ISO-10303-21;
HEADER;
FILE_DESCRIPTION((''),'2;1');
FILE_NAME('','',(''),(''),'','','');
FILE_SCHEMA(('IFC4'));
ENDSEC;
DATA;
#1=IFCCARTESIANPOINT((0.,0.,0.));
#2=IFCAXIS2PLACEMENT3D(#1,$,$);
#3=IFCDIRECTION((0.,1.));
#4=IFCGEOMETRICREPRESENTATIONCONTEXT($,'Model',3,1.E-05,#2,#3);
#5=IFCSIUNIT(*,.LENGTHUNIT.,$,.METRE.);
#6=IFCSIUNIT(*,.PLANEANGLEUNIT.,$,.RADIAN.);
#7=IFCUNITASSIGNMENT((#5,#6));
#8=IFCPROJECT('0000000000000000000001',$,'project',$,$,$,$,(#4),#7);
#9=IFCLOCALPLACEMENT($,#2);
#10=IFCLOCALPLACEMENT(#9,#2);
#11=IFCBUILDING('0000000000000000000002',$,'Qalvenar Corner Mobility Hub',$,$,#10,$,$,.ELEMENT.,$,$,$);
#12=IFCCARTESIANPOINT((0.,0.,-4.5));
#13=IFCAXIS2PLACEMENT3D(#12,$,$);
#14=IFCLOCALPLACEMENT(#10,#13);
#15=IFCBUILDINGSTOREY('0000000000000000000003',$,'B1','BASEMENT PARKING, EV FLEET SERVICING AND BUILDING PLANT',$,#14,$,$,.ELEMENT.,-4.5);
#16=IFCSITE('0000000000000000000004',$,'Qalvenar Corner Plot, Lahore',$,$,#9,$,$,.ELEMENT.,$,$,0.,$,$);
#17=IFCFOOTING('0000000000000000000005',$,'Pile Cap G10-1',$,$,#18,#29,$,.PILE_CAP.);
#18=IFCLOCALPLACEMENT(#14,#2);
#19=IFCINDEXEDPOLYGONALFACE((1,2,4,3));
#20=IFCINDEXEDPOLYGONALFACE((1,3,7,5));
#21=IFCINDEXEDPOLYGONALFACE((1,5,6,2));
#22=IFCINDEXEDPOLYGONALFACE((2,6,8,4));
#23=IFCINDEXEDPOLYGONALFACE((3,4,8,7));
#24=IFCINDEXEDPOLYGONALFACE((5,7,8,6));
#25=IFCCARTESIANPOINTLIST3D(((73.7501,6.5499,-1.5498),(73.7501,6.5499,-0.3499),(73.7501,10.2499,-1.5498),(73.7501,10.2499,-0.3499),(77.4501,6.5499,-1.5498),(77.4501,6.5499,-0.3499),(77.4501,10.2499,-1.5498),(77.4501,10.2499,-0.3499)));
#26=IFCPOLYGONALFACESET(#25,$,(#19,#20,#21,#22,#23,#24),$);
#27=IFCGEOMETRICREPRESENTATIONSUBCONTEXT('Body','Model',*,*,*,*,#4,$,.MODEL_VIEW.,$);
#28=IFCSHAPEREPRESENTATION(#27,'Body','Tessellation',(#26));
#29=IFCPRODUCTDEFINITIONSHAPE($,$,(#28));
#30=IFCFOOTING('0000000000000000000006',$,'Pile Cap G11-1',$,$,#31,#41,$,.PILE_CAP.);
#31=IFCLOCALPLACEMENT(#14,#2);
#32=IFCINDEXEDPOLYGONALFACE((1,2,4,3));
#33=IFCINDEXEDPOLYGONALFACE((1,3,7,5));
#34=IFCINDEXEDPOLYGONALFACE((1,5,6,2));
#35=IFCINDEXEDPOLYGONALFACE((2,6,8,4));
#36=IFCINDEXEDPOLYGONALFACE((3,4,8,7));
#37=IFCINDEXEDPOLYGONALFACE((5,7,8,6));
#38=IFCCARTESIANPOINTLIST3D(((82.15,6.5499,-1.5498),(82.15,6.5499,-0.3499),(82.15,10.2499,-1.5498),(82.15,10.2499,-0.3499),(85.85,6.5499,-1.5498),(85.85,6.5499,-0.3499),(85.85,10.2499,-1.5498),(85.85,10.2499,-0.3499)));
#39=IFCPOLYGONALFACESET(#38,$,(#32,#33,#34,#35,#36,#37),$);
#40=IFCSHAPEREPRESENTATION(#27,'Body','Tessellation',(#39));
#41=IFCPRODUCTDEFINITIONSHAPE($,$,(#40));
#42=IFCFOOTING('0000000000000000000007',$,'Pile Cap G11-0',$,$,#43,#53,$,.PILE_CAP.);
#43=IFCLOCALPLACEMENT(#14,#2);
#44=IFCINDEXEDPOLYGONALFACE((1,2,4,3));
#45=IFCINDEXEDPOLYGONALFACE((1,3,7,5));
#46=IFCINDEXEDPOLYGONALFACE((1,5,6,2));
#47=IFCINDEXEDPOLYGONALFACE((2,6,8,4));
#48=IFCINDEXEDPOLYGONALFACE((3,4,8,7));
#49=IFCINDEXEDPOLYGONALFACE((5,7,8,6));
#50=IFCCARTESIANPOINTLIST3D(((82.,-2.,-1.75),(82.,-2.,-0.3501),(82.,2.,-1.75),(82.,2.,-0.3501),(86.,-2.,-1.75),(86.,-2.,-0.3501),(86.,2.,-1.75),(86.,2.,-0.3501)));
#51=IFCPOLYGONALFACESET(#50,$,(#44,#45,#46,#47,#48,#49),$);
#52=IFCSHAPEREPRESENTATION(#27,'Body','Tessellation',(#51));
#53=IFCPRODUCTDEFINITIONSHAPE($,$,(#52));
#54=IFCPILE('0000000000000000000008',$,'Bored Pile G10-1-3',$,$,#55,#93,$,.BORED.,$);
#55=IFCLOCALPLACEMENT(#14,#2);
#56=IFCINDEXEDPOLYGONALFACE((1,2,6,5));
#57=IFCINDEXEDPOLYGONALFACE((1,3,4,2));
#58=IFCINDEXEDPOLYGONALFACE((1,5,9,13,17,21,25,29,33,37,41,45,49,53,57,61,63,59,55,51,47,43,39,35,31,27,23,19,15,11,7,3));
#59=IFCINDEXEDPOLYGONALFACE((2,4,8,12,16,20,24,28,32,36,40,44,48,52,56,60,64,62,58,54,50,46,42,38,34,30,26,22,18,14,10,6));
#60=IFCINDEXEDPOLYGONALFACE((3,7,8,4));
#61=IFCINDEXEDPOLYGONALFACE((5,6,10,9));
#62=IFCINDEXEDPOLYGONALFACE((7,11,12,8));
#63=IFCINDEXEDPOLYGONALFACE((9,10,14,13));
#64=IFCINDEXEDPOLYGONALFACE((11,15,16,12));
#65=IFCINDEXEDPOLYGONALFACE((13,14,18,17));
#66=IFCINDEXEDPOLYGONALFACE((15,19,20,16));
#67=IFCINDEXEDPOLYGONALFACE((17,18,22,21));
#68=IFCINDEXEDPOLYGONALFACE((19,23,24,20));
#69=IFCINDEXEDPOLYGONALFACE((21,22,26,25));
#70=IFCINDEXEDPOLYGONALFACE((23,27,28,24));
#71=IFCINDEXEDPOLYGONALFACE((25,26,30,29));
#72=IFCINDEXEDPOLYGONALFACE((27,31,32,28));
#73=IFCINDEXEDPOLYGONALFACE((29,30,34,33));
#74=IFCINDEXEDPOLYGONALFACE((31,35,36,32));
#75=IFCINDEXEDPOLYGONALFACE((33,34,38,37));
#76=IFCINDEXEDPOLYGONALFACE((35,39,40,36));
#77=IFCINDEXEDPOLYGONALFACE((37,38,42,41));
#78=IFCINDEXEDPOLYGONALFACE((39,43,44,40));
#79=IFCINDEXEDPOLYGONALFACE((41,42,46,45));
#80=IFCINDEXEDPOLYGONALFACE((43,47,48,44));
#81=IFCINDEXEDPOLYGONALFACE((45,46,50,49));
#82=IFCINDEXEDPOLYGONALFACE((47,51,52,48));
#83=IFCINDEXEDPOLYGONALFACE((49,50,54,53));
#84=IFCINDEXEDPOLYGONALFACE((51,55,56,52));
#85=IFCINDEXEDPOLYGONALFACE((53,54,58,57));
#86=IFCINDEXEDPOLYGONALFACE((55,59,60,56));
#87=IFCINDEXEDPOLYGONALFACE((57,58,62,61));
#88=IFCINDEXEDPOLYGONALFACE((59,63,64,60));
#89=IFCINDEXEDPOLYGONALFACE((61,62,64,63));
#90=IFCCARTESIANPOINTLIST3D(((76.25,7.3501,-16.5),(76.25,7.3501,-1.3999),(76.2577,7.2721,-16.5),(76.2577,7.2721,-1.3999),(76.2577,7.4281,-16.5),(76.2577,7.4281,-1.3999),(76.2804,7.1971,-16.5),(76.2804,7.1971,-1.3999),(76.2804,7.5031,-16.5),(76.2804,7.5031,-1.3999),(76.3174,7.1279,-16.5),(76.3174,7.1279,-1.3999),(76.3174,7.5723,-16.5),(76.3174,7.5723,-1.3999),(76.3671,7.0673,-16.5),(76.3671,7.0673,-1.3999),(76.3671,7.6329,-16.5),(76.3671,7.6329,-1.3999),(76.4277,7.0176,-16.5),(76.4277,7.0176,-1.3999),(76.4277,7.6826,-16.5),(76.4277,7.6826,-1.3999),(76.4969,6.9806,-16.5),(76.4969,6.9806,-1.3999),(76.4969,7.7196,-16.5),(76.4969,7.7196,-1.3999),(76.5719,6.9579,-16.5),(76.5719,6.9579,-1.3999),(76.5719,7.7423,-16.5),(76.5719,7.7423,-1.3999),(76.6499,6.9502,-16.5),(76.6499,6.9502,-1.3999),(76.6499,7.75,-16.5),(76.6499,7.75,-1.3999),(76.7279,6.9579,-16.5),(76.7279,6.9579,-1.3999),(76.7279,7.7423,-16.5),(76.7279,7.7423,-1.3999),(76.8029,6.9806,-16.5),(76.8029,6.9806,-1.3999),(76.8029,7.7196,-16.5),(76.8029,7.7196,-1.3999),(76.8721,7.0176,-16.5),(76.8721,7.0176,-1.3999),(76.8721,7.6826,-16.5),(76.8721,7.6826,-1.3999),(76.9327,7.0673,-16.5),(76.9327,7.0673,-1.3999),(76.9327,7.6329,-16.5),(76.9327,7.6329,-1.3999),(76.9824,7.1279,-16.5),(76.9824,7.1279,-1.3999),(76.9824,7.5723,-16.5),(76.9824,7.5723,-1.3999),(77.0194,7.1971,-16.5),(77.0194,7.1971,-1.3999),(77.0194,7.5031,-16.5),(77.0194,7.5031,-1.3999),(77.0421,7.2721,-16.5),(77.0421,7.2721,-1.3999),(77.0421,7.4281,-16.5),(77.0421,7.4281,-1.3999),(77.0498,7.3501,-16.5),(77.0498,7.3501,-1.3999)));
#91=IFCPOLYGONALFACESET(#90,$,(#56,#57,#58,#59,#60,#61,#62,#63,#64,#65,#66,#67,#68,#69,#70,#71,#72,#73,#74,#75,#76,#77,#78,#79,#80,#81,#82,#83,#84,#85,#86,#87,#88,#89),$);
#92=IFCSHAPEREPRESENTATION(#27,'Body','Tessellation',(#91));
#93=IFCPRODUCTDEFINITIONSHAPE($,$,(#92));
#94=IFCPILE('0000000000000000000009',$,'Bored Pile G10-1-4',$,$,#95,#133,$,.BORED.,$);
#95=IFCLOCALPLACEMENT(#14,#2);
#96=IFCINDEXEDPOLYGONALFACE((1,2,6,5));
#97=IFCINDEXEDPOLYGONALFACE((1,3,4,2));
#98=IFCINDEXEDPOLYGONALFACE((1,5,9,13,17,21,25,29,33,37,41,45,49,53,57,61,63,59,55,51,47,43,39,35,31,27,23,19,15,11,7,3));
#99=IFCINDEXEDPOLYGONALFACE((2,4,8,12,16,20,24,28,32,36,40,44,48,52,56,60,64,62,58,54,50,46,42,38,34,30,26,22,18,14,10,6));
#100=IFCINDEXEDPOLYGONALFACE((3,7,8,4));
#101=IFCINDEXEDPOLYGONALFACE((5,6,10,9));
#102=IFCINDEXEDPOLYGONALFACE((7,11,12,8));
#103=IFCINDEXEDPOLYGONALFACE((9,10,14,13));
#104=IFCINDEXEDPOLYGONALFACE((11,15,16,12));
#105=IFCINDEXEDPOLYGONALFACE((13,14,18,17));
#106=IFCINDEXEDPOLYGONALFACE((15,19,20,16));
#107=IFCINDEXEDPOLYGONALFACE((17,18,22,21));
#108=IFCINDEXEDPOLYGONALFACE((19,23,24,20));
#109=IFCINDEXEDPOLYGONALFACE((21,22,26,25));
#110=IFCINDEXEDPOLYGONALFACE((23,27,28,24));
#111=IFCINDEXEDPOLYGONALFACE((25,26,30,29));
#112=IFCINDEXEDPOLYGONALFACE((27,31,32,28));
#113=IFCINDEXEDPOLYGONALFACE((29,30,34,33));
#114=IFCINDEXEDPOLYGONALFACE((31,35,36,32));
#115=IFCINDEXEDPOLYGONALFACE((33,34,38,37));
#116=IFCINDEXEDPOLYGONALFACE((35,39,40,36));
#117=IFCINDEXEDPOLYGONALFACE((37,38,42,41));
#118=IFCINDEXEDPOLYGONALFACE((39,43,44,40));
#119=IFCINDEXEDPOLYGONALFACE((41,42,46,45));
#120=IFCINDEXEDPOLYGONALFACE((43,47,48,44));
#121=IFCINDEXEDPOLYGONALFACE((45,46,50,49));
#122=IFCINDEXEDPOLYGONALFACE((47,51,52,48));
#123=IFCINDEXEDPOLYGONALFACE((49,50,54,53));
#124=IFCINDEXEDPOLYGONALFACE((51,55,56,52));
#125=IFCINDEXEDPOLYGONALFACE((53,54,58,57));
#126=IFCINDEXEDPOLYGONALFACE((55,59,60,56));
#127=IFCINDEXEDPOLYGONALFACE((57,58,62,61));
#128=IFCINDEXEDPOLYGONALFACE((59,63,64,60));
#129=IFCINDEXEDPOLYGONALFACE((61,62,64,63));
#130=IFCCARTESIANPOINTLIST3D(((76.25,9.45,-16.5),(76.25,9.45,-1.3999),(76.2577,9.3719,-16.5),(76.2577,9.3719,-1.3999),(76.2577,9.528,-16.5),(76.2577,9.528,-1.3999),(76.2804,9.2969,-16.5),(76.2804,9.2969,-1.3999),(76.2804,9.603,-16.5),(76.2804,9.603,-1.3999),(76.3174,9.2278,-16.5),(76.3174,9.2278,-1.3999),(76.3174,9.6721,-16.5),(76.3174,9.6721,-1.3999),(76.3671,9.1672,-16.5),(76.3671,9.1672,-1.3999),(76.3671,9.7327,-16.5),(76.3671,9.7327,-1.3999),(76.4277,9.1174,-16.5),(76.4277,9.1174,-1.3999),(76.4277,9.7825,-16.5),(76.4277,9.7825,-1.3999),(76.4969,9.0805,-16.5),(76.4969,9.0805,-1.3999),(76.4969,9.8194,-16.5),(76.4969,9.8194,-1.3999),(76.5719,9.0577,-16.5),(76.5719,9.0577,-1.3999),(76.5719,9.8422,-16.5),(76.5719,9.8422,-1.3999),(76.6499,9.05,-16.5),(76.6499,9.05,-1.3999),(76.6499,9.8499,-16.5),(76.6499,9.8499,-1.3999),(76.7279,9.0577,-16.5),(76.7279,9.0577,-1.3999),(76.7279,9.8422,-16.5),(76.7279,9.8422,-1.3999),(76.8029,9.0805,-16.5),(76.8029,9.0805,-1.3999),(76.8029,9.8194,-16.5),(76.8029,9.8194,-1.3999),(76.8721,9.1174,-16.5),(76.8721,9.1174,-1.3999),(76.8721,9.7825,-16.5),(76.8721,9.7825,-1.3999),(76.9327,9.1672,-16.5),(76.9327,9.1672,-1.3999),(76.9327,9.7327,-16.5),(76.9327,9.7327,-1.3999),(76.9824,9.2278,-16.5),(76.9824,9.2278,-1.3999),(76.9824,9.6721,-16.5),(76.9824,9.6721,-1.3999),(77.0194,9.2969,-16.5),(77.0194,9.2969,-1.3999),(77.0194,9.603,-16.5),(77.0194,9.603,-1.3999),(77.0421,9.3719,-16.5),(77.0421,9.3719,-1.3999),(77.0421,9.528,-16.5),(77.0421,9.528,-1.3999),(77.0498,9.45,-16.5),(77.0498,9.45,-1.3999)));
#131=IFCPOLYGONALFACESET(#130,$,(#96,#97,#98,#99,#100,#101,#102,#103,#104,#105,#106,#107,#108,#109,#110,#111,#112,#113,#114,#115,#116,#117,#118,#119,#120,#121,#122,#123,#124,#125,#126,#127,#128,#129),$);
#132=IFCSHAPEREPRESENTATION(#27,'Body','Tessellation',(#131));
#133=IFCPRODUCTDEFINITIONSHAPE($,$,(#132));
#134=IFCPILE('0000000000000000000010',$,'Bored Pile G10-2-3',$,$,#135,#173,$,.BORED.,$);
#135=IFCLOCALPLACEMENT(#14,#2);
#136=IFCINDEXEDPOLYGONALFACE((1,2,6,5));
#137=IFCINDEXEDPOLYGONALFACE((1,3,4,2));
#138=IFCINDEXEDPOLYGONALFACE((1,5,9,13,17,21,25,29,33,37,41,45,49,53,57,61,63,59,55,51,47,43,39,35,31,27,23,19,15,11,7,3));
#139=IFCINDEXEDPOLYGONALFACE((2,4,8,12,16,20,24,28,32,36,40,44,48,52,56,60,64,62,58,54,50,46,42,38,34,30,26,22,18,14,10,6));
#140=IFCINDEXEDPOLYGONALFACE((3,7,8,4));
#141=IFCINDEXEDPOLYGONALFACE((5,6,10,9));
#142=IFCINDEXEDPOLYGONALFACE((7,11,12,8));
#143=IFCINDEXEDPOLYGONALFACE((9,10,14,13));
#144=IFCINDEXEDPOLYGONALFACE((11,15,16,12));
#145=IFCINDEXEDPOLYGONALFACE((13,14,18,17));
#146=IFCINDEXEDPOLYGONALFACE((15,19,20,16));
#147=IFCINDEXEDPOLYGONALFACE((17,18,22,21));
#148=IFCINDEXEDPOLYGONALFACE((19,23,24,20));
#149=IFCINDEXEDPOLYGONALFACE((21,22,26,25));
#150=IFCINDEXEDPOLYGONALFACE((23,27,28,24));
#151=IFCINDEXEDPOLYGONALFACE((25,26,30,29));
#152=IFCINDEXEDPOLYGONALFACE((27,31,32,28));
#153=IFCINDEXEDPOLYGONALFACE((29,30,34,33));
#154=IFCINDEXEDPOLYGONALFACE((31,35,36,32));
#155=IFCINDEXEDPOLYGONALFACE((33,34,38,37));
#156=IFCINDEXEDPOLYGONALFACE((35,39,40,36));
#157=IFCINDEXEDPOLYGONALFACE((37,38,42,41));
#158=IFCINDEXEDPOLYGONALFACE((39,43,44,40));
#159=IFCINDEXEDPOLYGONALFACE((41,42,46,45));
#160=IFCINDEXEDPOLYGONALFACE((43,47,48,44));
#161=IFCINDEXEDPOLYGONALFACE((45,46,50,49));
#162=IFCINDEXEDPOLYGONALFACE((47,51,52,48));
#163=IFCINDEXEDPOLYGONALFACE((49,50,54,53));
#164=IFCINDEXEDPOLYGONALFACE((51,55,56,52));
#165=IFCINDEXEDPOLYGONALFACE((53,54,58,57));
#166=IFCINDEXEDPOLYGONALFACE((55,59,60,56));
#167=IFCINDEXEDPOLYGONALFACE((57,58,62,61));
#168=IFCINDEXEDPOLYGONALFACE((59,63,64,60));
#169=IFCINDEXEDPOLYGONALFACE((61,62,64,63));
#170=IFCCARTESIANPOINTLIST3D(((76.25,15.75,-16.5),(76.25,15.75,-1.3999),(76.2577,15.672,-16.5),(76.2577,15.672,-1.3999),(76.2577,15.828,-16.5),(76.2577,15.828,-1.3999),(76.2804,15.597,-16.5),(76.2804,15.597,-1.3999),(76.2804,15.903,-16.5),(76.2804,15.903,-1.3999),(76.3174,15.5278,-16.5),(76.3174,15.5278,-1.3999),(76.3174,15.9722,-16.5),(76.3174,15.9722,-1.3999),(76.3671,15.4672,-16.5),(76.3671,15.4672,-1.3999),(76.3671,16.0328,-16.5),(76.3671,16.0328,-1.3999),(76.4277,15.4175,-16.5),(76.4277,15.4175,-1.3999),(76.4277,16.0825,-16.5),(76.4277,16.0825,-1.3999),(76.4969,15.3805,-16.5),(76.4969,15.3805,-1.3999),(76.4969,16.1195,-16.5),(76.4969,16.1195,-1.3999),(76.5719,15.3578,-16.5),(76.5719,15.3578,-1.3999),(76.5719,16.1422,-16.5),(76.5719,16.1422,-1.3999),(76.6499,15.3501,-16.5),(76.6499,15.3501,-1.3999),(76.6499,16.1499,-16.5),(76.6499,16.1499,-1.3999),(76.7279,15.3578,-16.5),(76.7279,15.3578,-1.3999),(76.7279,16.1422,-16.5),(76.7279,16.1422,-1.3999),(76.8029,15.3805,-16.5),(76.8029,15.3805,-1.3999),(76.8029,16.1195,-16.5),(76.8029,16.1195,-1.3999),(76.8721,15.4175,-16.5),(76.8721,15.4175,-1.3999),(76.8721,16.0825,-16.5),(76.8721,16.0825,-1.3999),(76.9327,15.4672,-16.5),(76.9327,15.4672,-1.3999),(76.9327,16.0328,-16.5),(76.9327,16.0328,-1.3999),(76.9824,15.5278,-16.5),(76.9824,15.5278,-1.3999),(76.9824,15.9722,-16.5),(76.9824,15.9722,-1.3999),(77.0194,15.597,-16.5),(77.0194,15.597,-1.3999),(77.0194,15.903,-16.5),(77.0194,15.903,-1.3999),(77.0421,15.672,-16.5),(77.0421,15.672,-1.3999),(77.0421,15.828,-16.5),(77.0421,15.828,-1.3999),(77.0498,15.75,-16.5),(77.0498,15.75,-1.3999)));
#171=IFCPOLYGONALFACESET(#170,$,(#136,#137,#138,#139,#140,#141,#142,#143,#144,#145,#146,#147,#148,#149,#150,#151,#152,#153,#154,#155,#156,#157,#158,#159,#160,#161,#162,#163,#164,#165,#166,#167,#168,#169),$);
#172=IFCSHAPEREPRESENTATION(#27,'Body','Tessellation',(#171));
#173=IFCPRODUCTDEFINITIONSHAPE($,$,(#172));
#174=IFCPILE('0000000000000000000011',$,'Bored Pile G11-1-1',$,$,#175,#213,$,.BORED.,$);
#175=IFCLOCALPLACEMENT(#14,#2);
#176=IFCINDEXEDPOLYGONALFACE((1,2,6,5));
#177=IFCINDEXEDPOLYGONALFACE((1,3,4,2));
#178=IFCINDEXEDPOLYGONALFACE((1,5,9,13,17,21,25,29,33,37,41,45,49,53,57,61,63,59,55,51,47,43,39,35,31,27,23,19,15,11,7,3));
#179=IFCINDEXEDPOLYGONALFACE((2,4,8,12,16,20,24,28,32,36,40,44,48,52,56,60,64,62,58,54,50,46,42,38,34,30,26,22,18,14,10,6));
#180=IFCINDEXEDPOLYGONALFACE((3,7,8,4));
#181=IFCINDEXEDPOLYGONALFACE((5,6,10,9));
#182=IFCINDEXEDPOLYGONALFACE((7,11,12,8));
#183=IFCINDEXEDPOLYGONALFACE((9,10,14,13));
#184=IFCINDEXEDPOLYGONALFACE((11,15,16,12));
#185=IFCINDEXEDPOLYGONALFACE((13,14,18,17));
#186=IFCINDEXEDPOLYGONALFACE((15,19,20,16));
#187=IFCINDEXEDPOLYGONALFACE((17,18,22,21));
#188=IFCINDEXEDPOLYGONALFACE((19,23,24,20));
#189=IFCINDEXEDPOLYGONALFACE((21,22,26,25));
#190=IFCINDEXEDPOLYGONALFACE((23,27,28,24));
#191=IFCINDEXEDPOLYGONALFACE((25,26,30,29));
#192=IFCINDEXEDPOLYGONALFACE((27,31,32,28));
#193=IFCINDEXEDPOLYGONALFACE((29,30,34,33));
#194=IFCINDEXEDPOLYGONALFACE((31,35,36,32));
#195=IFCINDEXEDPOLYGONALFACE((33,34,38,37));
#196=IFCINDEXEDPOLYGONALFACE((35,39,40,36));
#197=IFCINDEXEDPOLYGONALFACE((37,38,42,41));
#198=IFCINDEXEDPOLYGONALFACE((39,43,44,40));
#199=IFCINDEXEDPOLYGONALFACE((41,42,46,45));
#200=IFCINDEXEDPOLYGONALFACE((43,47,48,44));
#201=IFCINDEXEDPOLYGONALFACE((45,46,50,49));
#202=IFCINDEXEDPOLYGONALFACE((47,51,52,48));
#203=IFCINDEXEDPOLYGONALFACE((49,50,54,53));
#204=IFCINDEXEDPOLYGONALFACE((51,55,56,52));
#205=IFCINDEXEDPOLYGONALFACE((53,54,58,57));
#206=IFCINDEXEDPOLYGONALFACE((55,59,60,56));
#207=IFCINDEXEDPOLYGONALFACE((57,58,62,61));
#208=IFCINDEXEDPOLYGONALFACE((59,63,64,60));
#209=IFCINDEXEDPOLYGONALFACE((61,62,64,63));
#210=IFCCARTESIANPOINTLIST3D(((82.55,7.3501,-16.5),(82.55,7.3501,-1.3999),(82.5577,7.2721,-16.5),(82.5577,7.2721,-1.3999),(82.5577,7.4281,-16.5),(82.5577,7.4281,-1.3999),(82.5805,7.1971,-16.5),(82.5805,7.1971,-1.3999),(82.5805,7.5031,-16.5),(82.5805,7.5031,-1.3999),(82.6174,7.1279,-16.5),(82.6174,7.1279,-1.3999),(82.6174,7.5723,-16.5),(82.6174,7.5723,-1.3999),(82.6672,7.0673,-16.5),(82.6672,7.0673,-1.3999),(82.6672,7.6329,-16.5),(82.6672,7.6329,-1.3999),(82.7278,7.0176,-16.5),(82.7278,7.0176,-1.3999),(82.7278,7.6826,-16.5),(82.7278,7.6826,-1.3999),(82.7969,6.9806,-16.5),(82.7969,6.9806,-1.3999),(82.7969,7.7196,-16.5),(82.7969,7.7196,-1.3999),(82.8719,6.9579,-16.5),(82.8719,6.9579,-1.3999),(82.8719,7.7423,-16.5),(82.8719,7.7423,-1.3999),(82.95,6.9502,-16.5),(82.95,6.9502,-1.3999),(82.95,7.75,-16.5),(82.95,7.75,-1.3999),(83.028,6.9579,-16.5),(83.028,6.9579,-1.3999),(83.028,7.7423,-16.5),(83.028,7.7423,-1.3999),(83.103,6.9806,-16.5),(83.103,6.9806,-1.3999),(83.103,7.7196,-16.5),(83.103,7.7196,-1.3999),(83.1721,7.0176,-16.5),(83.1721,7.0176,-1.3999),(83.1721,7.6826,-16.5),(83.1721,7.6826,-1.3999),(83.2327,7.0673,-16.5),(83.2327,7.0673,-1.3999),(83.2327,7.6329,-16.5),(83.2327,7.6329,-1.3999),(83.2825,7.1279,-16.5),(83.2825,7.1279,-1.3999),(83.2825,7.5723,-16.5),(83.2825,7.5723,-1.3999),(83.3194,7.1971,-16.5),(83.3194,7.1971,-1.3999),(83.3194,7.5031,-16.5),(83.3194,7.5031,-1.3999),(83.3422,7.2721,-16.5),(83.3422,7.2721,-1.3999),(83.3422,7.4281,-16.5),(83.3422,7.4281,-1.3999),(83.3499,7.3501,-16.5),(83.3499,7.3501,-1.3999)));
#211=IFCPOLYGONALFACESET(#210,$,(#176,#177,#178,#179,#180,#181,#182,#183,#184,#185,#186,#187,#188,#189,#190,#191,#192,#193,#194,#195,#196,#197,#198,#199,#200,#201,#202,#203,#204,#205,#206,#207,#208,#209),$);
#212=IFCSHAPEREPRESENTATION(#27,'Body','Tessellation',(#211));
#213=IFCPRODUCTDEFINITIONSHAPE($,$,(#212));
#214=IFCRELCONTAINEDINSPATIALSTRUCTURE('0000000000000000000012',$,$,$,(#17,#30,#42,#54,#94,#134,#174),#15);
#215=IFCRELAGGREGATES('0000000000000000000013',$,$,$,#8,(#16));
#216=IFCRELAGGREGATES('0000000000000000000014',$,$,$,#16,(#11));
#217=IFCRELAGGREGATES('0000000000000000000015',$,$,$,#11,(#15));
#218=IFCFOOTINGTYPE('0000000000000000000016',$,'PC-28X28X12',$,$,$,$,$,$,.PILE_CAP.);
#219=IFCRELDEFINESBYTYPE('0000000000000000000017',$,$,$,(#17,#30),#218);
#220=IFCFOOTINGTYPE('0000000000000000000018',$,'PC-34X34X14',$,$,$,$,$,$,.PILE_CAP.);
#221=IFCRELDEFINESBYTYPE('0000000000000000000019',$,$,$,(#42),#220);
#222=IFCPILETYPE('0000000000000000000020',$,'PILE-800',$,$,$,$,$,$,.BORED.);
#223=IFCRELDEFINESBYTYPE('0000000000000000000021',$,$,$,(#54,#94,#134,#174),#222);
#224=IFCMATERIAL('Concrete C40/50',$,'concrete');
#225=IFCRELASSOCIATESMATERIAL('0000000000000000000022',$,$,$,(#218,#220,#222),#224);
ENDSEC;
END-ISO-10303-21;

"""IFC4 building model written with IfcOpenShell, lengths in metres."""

from ifc_helpers import new_model, si_unit, direction, frame, origin, origin_2d, place, context, subcontext, project, spatial, rectangle, circle, extrude, material, material_profile, profile_set, type_object, element, save


model = new_model("IFC4")

# Units and contexts
model_context = context("Model", 3, precision=1e-05, world=origin(), true_north=direction((0.0, 1.0)))
body_context = subcontext(model_context, "Body", "Model", "MODEL_VIEW")
ifc_project = project(units=[si_unit("LENGTHUNIT", "METRE"), si_unit("PLANEANGLEUNIT", "RADIAN")], contexts=[model_context])

# Site, building, storey
site_placement = place(None, origin())
site = spatial("IfcSite", under=ifc_project, at=site_placement, Name="Qalvenar Corner Plot, Lahore", CompositionType="ELEMENT", RefElevation=0.0)
building_placement = place(site_placement, origin())
building = spatial("IfcBuilding", under=site, at=building_placement, Name="Qalvenar Corner Mobility Hub", CompositionType="ELEMENT")
storey_placement = place(building_placement, frame((0.0, 0.0, -4.5)))
storey = spatial("IfcBuildingStorey", under=building, at=storey_placement, Name="B1", Description="BASEMENT PARKING, EV FLEET SERVICING AND BUILDING PLANT", CompositionType="ELEMENT", Elevation=-4.5)

# Footings
ifc_material_1 = material(Name="Concrete C40/50", Category="concrete")
footing_type_1 = type_object("IfcFootingType", Name="PC-28X28X12", PredefinedType="PILE_CAP", material=ifc_material_1)
for number, where, z_axis, x_axis, name in (
    (1, (75.6001, 8.3999, -1.5498), (0.0, 0.0, 1.0), (1.0, 0.0, 0.0), "Pile Cap G10-1"),
    (2, (84.0, 8.3999, -1.5498), (0.0, 0.0, 1.0), (1.0, 0.0, 0.0), "Pile Cap G11-1"),
):
    element("IfcFooting", number, at=place(storey_placement, frame(where, z_axis=z_axis, x_axis=x_axis)), inside=storey, type_object=footing_type_1, Name=name, PredefinedType="PILE_CAP", context=body_context, shape_type="SweptSolid", body=[
        extrude(rectangle(XDim=3.7, YDim=3.7, at=origin_2d()), origin(), (0.0, 0.0, 1.0), 1.2),
    ])
footing_type_2 = type_object("IfcFootingType", Name="PC-34X34X14", PredefinedType="PILE_CAP", material=ifc_material_1)
footing_1_placement = place(storey_placement, frame((84.0, 0.0, -1.75), z_axis=(0.0, 0.0, 1.0), x_axis=(1.0, 0.0, 0.0)))
element("IfcFooting", 3, at=footing_1_placement, inside=storey, type_object=footing_type_2, Name="Pile Cap G11-0", PredefinedType="PILE_CAP", context=body_context, shape_type="SweptSolid", body=[
    extrude(rectangle(XDim=4.0, YDim=4.0, at=origin_2d()), origin(), (0.0, 0.0, 1.0), 1.3999),
])

# Piles
ifc_material_profile_1 = material_profile(ifc_material_1, circle(Radius=0.3999, at=origin_2d()), Name="DIA800")
ifc_profile_set_1 = profile_set([ifc_material_profile_1], Name="Concrete C40/50")
pile_type_1 = type_object("IfcPileType", Name="PILE-800", PredefinedType="BORED", material=ifc_profile_set_1)
for number, where, z_axis, x_axis, name in (
    (4, (76.6499, 7.3501, -1.3999), (0.0, 0.0, -1.0), (1.0, 0.0, 0.0), "Bored Pile G10-1-3"),
    (5, (76.6499, 9.45, -1.3999), (0.0, 0.0, -1.0), (1.0, 0.0, 0.0), "Bored Pile G10-1-4"),
    (6, (76.6499, 15.75, -1.3999), (0.0, 0.0, -1.0), (1.0, 0.0, 0.0), "Bored Pile G10-2-3"),
    (7, (82.95, 7.3501, -1.3999), (0.0, 0.0, -1.0), (1.0, 0.0, 0.0), "Bored Pile G11-1-1"),
):
    element("IfcPile", number, at=place(storey_placement, frame(where, z_axis=z_axis, x_axis=x_axis)), inside=storey, type_object=pile_type_1, Name=name, PredefinedType="BORED", context=body_context, shape_type="SweptSolid", body=[
        extrude(circle(Radius=0.3999, at=origin_2d()), origin(), (0.0, 0.0, 1.0), 15.1001),
    ])

save(model, "model.ifc")
